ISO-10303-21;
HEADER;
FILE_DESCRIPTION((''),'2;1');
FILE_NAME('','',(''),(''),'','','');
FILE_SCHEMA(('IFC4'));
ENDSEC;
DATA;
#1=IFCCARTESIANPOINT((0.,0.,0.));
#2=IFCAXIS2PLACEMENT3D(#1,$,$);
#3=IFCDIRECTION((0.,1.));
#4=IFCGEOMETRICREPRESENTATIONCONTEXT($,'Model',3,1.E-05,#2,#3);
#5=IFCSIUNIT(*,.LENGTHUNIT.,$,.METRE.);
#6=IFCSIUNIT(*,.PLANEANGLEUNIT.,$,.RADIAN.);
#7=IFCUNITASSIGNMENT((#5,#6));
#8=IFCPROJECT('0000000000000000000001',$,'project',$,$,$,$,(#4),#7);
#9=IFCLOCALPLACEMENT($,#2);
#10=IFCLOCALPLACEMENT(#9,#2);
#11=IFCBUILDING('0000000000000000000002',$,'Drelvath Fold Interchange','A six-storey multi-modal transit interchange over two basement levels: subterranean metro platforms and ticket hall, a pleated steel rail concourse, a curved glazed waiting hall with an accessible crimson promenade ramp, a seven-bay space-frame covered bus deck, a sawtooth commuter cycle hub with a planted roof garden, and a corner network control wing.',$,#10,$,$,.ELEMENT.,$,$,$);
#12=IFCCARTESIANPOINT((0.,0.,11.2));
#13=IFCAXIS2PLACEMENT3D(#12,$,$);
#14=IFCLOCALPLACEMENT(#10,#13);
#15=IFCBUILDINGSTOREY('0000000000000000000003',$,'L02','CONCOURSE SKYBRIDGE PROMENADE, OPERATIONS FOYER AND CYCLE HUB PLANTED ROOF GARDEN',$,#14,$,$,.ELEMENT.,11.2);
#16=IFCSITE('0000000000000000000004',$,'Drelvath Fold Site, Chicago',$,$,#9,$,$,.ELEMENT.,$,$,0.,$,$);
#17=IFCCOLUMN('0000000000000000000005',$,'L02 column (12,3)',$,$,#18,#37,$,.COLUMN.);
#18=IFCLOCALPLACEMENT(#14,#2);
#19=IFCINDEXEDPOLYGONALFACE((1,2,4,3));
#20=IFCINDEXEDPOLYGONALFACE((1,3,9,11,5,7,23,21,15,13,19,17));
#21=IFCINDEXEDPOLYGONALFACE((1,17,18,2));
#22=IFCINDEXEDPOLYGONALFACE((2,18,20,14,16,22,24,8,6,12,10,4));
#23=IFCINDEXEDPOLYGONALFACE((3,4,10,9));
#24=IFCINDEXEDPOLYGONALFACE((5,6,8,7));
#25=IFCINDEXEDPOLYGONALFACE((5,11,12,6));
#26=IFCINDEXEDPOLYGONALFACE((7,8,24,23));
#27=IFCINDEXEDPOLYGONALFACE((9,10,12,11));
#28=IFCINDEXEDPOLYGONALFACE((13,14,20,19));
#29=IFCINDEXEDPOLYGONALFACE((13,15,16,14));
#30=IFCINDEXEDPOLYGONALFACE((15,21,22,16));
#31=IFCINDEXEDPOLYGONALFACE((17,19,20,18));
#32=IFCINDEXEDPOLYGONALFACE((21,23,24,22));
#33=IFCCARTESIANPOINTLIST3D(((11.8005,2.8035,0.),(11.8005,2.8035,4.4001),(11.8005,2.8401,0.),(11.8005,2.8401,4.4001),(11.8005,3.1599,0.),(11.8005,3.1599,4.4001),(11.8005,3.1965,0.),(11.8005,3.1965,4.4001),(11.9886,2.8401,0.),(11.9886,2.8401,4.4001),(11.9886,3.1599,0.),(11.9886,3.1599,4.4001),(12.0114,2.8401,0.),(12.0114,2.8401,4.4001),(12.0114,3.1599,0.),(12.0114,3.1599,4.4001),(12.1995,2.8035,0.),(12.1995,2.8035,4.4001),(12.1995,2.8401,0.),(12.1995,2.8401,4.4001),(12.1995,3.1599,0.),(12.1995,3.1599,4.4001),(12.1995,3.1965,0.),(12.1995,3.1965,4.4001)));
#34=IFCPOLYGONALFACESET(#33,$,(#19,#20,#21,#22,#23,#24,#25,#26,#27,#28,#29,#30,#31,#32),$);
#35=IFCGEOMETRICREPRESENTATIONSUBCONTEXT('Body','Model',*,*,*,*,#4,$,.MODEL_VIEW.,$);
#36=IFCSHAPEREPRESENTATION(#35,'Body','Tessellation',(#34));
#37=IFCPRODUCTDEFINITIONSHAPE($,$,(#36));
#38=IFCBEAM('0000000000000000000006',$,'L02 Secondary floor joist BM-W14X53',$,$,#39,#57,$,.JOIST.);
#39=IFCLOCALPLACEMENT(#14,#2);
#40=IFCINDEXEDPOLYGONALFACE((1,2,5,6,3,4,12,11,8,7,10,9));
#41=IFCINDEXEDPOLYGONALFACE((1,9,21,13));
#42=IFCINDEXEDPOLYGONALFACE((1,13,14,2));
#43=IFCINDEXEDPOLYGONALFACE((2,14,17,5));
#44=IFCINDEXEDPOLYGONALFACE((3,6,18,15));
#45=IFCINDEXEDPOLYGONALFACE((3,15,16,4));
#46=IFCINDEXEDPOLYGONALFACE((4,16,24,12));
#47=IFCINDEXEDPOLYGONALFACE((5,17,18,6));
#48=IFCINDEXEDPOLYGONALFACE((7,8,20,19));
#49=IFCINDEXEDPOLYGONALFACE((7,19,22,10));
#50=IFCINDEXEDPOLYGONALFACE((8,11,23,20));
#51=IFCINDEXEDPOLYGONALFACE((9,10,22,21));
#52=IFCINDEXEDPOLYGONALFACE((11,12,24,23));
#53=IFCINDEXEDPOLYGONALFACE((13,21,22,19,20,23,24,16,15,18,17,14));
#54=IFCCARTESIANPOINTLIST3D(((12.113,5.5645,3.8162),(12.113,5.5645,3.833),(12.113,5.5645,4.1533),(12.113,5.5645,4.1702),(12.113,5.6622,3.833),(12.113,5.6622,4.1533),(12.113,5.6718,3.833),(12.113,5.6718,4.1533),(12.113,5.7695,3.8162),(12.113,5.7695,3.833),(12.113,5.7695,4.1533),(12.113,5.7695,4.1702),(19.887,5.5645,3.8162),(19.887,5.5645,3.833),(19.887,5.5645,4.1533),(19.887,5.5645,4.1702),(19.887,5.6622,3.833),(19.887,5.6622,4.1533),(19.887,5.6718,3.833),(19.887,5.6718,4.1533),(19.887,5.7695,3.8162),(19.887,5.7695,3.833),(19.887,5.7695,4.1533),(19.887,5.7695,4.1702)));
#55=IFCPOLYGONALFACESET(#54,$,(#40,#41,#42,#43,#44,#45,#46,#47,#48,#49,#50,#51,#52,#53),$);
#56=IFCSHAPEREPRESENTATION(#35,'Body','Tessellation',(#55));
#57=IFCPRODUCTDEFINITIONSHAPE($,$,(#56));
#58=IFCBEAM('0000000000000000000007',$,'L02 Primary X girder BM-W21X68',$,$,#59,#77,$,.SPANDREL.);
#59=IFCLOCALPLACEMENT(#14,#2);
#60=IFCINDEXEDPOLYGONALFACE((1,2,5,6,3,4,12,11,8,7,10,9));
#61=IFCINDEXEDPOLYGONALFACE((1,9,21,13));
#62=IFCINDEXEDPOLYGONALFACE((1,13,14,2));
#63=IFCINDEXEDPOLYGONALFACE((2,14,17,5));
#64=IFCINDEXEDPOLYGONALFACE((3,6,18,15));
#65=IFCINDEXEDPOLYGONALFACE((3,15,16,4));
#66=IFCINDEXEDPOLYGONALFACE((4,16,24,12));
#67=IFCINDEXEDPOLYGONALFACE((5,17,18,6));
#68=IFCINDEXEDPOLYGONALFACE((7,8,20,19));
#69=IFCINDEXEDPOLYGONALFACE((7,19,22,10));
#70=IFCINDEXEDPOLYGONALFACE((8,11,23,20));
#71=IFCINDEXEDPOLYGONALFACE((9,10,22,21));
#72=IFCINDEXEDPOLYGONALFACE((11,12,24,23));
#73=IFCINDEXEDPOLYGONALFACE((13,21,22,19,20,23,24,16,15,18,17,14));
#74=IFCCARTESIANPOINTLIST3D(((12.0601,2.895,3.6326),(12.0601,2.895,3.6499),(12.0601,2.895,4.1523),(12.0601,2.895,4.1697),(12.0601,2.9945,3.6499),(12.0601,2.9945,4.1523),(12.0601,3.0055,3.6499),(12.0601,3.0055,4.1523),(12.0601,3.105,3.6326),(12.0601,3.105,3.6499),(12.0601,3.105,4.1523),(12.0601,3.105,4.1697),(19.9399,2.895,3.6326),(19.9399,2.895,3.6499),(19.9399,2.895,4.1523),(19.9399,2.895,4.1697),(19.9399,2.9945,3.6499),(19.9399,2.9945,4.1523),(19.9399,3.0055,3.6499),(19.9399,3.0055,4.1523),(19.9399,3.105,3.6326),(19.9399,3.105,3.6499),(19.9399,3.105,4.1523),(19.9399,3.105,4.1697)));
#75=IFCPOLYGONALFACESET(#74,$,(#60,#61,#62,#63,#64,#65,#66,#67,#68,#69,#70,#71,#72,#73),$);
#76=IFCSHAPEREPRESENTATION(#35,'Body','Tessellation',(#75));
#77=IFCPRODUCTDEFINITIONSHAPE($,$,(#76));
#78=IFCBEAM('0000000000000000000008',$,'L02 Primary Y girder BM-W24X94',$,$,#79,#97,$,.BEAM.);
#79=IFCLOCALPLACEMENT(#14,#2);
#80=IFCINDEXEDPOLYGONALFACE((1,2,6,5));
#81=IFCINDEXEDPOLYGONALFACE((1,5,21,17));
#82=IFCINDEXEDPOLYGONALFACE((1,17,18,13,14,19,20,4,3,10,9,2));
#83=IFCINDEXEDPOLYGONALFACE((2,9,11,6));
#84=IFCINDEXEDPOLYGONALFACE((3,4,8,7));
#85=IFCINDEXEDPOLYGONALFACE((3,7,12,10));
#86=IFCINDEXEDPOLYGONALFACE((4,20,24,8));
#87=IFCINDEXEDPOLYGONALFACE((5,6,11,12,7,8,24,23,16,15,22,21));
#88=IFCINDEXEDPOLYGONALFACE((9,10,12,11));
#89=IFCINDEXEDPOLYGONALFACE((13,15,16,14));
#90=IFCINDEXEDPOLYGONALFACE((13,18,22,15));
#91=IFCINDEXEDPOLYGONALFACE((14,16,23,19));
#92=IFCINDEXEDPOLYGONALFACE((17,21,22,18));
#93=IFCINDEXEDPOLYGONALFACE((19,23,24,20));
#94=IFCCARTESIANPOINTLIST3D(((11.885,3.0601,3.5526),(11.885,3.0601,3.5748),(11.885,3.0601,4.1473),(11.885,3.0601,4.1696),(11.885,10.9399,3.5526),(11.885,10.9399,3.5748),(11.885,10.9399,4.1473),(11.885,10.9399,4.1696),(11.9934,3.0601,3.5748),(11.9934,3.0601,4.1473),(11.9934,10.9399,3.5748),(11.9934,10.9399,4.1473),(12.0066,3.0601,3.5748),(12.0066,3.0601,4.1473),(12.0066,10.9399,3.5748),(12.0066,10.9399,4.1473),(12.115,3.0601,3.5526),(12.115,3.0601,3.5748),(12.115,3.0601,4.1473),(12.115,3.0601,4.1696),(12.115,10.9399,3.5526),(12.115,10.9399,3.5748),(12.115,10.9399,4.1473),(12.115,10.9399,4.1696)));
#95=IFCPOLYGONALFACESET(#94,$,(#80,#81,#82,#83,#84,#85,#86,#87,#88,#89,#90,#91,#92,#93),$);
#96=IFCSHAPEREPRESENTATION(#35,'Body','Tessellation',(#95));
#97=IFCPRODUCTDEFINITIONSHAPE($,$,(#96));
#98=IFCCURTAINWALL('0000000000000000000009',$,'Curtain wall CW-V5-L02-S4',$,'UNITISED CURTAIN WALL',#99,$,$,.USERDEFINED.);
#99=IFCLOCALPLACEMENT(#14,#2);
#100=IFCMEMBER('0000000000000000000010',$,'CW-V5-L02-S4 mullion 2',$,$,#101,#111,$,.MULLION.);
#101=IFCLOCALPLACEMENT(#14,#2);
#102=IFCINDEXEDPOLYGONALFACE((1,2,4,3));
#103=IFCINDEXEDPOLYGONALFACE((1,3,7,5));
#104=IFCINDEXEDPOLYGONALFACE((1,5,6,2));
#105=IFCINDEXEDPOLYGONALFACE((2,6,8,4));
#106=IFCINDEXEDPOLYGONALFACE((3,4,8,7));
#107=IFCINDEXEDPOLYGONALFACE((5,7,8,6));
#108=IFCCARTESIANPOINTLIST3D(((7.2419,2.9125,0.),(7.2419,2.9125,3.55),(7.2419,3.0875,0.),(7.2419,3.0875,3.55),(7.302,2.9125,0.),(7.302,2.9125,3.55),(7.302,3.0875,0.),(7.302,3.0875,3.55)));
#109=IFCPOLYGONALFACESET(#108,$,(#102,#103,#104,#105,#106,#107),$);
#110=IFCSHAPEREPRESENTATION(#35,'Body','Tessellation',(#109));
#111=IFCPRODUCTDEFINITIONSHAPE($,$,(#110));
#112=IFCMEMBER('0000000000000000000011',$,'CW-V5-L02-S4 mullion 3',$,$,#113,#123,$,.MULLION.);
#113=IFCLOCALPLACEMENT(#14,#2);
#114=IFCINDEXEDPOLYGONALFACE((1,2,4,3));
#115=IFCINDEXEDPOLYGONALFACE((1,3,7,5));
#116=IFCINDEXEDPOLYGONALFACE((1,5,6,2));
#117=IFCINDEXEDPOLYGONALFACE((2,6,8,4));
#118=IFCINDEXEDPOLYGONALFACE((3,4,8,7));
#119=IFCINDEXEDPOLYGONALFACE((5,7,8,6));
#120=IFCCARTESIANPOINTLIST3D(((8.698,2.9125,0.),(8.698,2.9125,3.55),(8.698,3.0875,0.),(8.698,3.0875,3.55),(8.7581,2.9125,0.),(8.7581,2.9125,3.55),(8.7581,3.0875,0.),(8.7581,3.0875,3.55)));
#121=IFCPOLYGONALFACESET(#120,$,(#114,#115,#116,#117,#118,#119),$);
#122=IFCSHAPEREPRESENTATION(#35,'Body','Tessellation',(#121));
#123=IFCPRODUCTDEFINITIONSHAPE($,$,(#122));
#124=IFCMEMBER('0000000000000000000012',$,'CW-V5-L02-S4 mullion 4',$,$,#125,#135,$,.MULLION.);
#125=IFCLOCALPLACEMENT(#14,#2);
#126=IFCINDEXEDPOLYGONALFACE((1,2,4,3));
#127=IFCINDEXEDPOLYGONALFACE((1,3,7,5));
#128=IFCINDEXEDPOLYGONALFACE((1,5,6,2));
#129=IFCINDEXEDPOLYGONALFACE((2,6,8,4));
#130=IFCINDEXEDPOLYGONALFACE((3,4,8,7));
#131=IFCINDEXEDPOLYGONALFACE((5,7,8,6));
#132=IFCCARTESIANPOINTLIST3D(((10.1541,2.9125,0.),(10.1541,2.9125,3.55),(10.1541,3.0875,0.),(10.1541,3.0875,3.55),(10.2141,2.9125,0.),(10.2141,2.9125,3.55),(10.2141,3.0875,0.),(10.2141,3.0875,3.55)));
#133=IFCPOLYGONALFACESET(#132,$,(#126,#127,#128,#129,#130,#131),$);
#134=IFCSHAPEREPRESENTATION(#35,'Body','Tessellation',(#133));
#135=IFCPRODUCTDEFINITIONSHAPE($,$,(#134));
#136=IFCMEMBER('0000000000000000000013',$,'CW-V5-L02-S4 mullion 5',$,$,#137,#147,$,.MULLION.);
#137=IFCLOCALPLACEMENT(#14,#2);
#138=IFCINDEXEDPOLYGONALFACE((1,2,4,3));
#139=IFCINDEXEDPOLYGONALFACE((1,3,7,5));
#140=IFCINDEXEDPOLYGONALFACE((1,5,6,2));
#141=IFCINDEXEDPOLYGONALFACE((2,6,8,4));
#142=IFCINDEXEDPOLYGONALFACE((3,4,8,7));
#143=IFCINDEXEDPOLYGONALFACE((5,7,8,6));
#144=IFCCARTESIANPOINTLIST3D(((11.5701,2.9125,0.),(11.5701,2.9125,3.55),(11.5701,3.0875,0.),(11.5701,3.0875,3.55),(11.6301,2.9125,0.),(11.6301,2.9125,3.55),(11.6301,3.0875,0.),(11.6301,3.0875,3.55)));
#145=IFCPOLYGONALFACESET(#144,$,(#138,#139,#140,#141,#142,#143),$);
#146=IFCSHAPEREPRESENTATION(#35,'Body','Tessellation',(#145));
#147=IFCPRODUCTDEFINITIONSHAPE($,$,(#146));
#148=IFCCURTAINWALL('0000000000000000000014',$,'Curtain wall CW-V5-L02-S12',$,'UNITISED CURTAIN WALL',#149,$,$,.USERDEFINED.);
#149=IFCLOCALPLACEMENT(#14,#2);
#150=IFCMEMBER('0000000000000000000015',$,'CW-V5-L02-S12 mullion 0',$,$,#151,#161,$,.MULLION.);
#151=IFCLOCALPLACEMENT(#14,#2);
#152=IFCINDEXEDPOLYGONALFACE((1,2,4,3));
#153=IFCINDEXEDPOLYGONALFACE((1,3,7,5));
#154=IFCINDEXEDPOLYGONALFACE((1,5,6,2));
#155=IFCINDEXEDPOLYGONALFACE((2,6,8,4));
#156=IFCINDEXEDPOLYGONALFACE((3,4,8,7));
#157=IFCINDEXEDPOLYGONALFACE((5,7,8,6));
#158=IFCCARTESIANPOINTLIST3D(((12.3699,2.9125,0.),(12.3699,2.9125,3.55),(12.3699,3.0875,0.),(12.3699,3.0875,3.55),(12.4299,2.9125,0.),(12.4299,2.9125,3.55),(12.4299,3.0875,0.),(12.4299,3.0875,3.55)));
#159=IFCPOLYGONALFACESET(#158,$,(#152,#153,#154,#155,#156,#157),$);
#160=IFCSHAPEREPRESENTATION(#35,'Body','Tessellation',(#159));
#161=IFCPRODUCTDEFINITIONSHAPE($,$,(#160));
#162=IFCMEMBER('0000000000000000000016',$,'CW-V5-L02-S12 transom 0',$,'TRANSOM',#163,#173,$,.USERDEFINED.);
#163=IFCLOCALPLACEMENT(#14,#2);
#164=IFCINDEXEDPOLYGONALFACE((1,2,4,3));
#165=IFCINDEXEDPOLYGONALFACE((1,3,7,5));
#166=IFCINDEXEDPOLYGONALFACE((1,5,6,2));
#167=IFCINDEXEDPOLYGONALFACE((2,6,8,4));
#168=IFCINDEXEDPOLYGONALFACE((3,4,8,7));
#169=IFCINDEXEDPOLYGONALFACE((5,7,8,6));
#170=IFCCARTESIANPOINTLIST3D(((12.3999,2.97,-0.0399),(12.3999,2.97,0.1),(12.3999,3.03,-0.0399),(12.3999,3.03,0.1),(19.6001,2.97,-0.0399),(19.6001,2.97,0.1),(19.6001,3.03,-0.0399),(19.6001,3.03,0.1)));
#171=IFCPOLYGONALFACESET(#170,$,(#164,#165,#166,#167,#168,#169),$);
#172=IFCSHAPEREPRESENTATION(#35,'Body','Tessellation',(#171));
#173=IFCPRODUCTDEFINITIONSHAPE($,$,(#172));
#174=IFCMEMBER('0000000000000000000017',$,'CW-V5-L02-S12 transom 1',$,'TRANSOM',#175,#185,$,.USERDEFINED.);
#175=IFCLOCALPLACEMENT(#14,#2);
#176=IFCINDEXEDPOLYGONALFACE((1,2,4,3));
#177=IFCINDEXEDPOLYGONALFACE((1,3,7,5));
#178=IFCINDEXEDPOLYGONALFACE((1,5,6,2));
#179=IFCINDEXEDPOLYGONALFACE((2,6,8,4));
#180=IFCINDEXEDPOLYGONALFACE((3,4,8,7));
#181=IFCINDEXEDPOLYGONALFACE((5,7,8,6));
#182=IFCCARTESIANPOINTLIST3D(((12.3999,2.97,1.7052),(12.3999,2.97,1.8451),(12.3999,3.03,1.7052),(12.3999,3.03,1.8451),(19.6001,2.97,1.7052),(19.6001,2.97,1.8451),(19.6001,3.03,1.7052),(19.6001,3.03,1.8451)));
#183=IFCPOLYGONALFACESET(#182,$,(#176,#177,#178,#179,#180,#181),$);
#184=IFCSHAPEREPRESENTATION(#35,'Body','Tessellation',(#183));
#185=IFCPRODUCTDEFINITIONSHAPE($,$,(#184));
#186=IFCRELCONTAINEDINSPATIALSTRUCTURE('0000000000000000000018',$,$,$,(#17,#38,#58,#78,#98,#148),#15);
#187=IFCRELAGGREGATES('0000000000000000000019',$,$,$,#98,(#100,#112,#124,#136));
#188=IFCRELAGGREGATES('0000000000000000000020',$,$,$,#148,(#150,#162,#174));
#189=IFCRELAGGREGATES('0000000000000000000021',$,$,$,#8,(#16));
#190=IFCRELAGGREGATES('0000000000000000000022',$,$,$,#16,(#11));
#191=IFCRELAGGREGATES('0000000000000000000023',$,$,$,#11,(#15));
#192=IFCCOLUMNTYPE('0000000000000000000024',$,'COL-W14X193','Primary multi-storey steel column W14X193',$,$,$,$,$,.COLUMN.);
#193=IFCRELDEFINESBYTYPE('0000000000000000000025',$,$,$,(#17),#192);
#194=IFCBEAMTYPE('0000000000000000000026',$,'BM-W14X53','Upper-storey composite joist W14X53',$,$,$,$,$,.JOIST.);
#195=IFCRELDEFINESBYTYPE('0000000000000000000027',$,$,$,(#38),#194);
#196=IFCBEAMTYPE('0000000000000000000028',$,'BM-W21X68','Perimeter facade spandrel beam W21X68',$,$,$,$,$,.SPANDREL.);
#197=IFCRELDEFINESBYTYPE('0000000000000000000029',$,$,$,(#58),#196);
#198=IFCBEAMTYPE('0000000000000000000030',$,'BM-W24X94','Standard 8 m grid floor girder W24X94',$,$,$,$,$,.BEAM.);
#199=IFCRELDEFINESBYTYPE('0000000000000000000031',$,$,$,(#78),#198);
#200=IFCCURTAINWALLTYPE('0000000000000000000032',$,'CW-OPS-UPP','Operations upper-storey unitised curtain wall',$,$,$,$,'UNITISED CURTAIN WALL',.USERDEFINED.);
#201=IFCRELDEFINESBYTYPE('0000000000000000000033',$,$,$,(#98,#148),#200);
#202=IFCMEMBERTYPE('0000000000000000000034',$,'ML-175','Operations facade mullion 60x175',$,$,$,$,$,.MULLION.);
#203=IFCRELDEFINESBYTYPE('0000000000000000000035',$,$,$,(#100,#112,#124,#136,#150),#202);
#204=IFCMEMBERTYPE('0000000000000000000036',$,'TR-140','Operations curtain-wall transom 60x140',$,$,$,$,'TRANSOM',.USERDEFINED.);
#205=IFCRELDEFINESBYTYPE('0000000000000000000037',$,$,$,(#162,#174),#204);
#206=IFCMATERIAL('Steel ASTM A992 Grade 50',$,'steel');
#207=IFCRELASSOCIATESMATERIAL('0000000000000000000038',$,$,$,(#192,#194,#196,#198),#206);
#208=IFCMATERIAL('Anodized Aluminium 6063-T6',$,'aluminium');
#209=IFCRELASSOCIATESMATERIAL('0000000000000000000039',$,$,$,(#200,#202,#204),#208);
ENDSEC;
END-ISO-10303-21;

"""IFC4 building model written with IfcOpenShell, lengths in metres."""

from ifc_helpers import new_model, si_unit, direction, frame, origin, origin_2d, place, context, subcontext, project, spatial, rectangle, i_section, extrude, material, material_profile, profile_set, type_object, element, aggregate, save


model = new_model("IFC4")

# Units and contexts
model_context = context("Model", 3, precision=1e-05, world=origin(), true_north=direction((0.0, 1.0)))
body_context = subcontext(model_context, "Body", "Model", "MODEL_VIEW")
ifc_project = project(units=[si_unit("LENGTHUNIT", "METRE"), si_unit("PLANEANGLEUNIT", "RADIAN")], contexts=[model_context])

# Site, building, storey
site_placement = place(None, origin())
site = spatial("IfcSite", under=ifc_project, at=site_placement, Name="Drelvath Fold Site, Chicago", CompositionType="ELEMENT", RefElevation=0.0)
building_placement = place(site_placement, origin())
building = spatial("IfcBuilding", under=site, at=building_placement, Name="Drelvath Fold Interchange", Description="A six-storey multi-modal transit interchange over two basement levels: subterranean metro platforms and ticket hall, a pleated steel rail concourse, a curved glazed waiting hall with an accessible crimson promenade ramp, a seven-bay space-frame covered bus deck, a sawtooth commuter cycle hub with a planted roof garden, and a corner network control wing.", CompositionType="ELEMENT")
storey_placement = place(building_placement, frame((0.0, 0.0, 11.2)))
storey = spatial("IfcBuildingStorey", under=building, at=storey_placement, Name="L02", Description="CONCOURSE SKYBRIDGE PROMENADE, OPERATIONS FOYER AND CYCLE HUB PLANTED ROOF GARDEN", CompositionType="ELEMENT", Elevation=11.2)

# Column
ifc_material_1 = material(Name="Steel ASTM A992 Grade 50", Category="steel")
ifc_material_profile_1 = material_profile(ifc_material_1, i_section(OverallWidth=0.3989, OverallDepth=0.3931, WebThickness=0.0227, FlangeThickness=0.0366, at=origin_2d()), Name="W14X193")
ifc_profile_set_1 = profile_set([ifc_material_profile_1], Name="Steel ASTM A992 Grade 50")
column_type = type_object("IfcColumnType", Name="COL-W14X193", Description="Primary multi-storey steel column W14X193", PredefinedType="COLUMN", material=ifc_profile_set_1)
column_placement = place(storey_placement, frame((12.0, 3.0, 0.0), z_axis=(0.0, 0.0, 1.0), x_axis=(1.0, 0.0, 0.0)))
element("IfcColumn", 1, at=column_placement, inside=storey, type_object=column_type, Name="L02 column (12,3)", PredefinedType="COLUMN", context=body_context, shape_type="SweptSolid", body=[
    extrude(i_section(OverallWidth=0.3989, OverallDepth=0.3931, WebThickness=0.0227, FlangeThickness=0.0366, at=origin_2d()), origin(), (0.0, 0.0, 1.0), 4.4001),
])

# Beams
ifc_material_profile_2 = material_profile(ifc_material_1, i_section(OverallWidth=0.2051, OverallDepth=0.354, WebThickness=0.0095, FlangeThickness=0.0168, at=origin_2d()), Name="W14X53")
ifc_profile_set_2 = profile_set([ifc_material_profile_2], Name="Steel ASTM A992 Grade 50")
beam_type_1 = type_object("IfcBeamType", Name="BM-W14X53", Description="Upper-storey composite joist W14X53", PredefinedType="JOIST", material=ifc_profile_set_2)
beam_1_placement = place(storey_placement, frame((12.113, 5.667, 3.9932), z_axis=(1.0, 0.0, 0.0), x_axis=(0.0, 1.0, 0.0)))
element("IfcBeam", 2, at=beam_1_placement, inside=storey, type_object=beam_type_1, Name="L02 Secondary floor joist BM-W14X53", PredefinedType="JOIST", context=body_context, shape_type="SweptSolid", body=[
    extrude(i_section(OverallWidth=0.2051, OverallDepth=0.354, WebThickness=0.0095, FlangeThickness=0.0168, at=origin_2d()), origin(), (0.0, 0.0, 1.0), 7.7739),
])
ifc_material_profile_3 = material_profile(ifc_material_1, i_section(OverallWidth=0.21, OverallDepth=0.5371, WebThickness=0.011, FlangeThickness=0.0173, at=origin_2d()), Name="W21X68")
ifc_profile_set_3 = profile_set([ifc_material_profile_3], Name="Steel ASTM A992 Grade 50")
beam_type_2 = type_object("IfcBeamType", Name="BM-W21X68", Description="Perimeter facade spandrel beam W21X68", PredefinedType="SPANDREL", material=ifc_profile_set_3)
beam_2_placement = place(storey_placement, frame((12.0601, 3.0, 3.9011), z_axis=(1.0, 0.0, 0.0), x_axis=(0.0, 1.0, 0.0)))
element("IfcBeam", 3, at=beam_2_placement, inside=storey, type_object=beam_type_2, Name="L02 Primary X girder BM-W21X68", PredefinedType="SPANDREL", context=body_context, shape_type="SweptSolid", body=[
    extrude(i_section(OverallWidth=0.21, OverallDepth=0.5371, WebThickness=0.011, FlangeThickness=0.0173, at=origin_2d()), origin(), (0.0, 0.0, 1.0), 7.8799),
])
ifc_material_profile_4 = material_profile(ifc_material_1, i_section(OverallWidth=0.23, OverallDepth=0.6169, WebThickness=0.0132, FlangeThickness=0.0222, at=origin_2d()), Name="W24X94")
ifc_profile_set_4 = profile_set([ifc_material_profile_4], Name="Steel ASTM A992 Grade 50")
beam_type_3 = type_object("IfcBeamType", Name="BM-W24X94", Description="Standard 8 m grid floor girder W24X94", PredefinedType="BEAM", material=ifc_profile_set_4)
beam_3_placement = place(storey_placement, frame((12.0, 3.0601, 3.8611), z_axis=(0.0, 1.0, 0.0), x_axis=(-1.0, 0.0, 0.0)))
element("IfcBeam", 4, at=beam_3_placement, inside=storey, type_object=beam_type_3, Name="L02 Primary Y girder BM-W24X94", PredefinedType="BEAM", context=body_context, shape_type="SweptSolid", body=[
    extrude(i_section(OverallWidth=0.23, OverallDepth=0.6169, WebThickness=0.0132, FlangeThickness=0.0222, at=origin_2d()), origin(), (0.0, 0.0, 1.0), 7.8799),
])

# Curtain walls, members
ifc_material_2 = material(Name="Anodized Aluminium 6063-T6", Category="aluminium")
curtain_wall_type = type_object("IfcCurtainWallType", Name="CW-OPS-UPP", Description="Operations upper-storey unitised curtain wall", ElementType="UNITISED CURTAIN WALL", PredefinedType="USERDEFINED", material=ifc_material_2)
curtain_wall_1_placement = place(storey_placement, origin())
curtain_wall_1 = element("IfcCurtainWall", 5, at=curtain_wall_1_placement, inside=storey, type_object=curtain_wall_type, Name="Curtain wall CW-V5-L02-S4", ObjectType="UNITISED CURTAIN WALL", PredefinedType="USERDEFINED")
ifc_material_profile_5 = material_profile(ifc_material_2, rectangle(XDim=0.0601, YDim=0.175, at=origin_2d()), Name="AL-M 60x175")
ifc_profile_set_5 = profile_set([ifc_material_profile_5], Name="Anodized Aluminium 6063-T6")
member_type_1 = type_object("IfcMemberType", Name="ML-175", Description="Operations facade mullion 60x175", PredefinedType="MULLION", material=ifc_profile_set_5)
member_1_placement = place(storey_placement, frame((7.272, 3.0, 0.0), z_axis=(0.0, 0.0, 1.0), x_axis=(1.0, 0.0, 0.0)))
member_1 = element("IfcMember", 6, at=member_1_placement, type_object=member_type_1, Name="CW-V5-L02-S4 mullion 2", PredefinedType="MULLION", context=body_context, shape_type="SweptSolid", body=[
    extrude(rectangle(XDim=0.0601, YDim=0.175, at=origin_2d()), origin(), (0.0, 0.0, 1.0), 3.55),
])
member_2_placement = place(storey_placement, frame((8.728, 3.0, 0.0), z_axis=(0.0, 0.0, 1.0), x_axis=(1.0, 0.0, 0.0)))
member_2 = element("IfcMember", 7, at=member_2_placement, type_object=member_type_1, Name="CW-V5-L02-S4 mullion 3", PredefinedType="MULLION", context=body_context, shape_type="SweptSolid", body=[
    extrude(rectangle(XDim=0.0601, YDim=0.175, at=origin_2d()), origin(), (0.0, 0.0, 1.0), 3.55),
])
member_3_placement = place(storey_placement, frame((10.1841, 3.0, 0.0), z_axis=(0.0, 0.0, 1.0), x_axis=(1.0, 0.0, 0.0)))
member_3 = element("IfcMember", 8, at=member_3_placement, type_object=member_type_1, Name="CW-V5-L02-S4 mullion 4", PredefinedType="MULLION", context=body_context, shape_type="SweptSolid", body=[
    extrude(rectangle(XDim=0.0601, YDim=0.175, at=origin_2d()), origin(), (0.0, 0.0, 1.0), 3.55),
])
member_4_placement = place(storey_placement, frame((11.6001, 3.0, 0.0), z_axis=(0.0, 0.0, 1.0), x_axis=(1.0, 0.0, 0.0)))
member_4 = element("IfcMember", 9, at=member_4_placement, type_object=member_type_1, Name="CW-V5-L02-S4 mullion 5", PredefinedType="MULLION", context=body_context, shape_type="SweptSolid", body=[
    extrude(rectangle(XDim=0.0601, YDim=0.175, at=origin_2d()), origin(), (0.0, 0.0, 1.0), 3.55),
])
curtain_wall_2_placement = place(storey_placement, origin())
curtain_wall_2 = element("IfcCurtainWall", 10, at=curtain_wall_2_placement, inside=storey, type_object=curtain_wall_type, Name="Curtain wall CW-V5-L02-S12", ObjectType="UNITISED CURTAIN WALL", PredefinedType="USERDEFINED")
member_5_placement = place(storey_placement, frame((12.3999, 3.0, 0.0), z_axis=(0.0, 0.0, 1.0), x_axis=(1.0, 0.0, 0.0)))
member_5 = element("IfcMember", 11, at=member_5_placement, type_object=member_type_1, Name="CW-V5-L02-S12 mullion 0", PredefinedType="MULLION", context=body_context, shape_type="SweptSolid", body=[
    extrude(rectangle(XDim=0.0601, YDim=0.175, at=origin_2d()), origin(), (0.0, 0.0, 1.0), 3.55),
])
ifc_material_profile_6 = material_profile(ifc_material_2, rectangle(XDim=0.0601, YDim=0.1399, at=origin_2d()), Name="AL-T 60x140")
ifc_profile_set_6 = profile_set([ifc_material_profile_6], Name="Anodized Aluminium 6063-T6")
member_type_2 = type_object("IfcMemberType", Name="TR-140", Description="Operations curtain-wall transom 60x140", ElementType="TRANSOM", PredefinedType="USERDEFINED", material=ifc_profile_set_6)
member_6_placement = place(storey_placement, frame((12.3999, 3.0, 0.03), z_axis=(1.0, 0.0, 0.0), x_axis=(0.0, 1.0, 0.0)))
member_6 = element("IfcMember", 12, at=member_6_placement, type_object=member_type_2, Name="CW-V5-L02-S12 transom 0", ObjectType="TRANSOM", PredefinedType="USERDEFINED", context=body_context, shape_type="SweptSolid", body=[
    extrude(rectangle(XDim=0.0601, YDim=0.1399, at=origin_2d()), origin(), (0.0, 0.0, 1.0), 7.2002),
])
member_7_placement = place(storey_placement, frame((12.3999, 3.0, 1.7751), z_axis=(1.0, 0.0, 0.0), x_axis=(0.0, 1.0, 0.0)))
member_7 = element("IfcMember", 13, at=member_7_placement, type_object=member_type_2, Name="CW-V5-L02-S12 transom 1", ObjectType="TRANSOM", PredefinedType="USERDEFINED", context=body_context, shape_type="SweptSolid", body=[
    extrude(rectangle(XDim=0.0601, YDim=0.1399, at=origin_2d()), origin(), (0.0, 0.0, 1.0), 7.2002),
])

aggregate(curtain_wall_1, [member_1, member_2, member_3, member_4])
aggregate(curtain_wall_2, [member_5, member_6, member_7])

save(model, "model.ifc")
